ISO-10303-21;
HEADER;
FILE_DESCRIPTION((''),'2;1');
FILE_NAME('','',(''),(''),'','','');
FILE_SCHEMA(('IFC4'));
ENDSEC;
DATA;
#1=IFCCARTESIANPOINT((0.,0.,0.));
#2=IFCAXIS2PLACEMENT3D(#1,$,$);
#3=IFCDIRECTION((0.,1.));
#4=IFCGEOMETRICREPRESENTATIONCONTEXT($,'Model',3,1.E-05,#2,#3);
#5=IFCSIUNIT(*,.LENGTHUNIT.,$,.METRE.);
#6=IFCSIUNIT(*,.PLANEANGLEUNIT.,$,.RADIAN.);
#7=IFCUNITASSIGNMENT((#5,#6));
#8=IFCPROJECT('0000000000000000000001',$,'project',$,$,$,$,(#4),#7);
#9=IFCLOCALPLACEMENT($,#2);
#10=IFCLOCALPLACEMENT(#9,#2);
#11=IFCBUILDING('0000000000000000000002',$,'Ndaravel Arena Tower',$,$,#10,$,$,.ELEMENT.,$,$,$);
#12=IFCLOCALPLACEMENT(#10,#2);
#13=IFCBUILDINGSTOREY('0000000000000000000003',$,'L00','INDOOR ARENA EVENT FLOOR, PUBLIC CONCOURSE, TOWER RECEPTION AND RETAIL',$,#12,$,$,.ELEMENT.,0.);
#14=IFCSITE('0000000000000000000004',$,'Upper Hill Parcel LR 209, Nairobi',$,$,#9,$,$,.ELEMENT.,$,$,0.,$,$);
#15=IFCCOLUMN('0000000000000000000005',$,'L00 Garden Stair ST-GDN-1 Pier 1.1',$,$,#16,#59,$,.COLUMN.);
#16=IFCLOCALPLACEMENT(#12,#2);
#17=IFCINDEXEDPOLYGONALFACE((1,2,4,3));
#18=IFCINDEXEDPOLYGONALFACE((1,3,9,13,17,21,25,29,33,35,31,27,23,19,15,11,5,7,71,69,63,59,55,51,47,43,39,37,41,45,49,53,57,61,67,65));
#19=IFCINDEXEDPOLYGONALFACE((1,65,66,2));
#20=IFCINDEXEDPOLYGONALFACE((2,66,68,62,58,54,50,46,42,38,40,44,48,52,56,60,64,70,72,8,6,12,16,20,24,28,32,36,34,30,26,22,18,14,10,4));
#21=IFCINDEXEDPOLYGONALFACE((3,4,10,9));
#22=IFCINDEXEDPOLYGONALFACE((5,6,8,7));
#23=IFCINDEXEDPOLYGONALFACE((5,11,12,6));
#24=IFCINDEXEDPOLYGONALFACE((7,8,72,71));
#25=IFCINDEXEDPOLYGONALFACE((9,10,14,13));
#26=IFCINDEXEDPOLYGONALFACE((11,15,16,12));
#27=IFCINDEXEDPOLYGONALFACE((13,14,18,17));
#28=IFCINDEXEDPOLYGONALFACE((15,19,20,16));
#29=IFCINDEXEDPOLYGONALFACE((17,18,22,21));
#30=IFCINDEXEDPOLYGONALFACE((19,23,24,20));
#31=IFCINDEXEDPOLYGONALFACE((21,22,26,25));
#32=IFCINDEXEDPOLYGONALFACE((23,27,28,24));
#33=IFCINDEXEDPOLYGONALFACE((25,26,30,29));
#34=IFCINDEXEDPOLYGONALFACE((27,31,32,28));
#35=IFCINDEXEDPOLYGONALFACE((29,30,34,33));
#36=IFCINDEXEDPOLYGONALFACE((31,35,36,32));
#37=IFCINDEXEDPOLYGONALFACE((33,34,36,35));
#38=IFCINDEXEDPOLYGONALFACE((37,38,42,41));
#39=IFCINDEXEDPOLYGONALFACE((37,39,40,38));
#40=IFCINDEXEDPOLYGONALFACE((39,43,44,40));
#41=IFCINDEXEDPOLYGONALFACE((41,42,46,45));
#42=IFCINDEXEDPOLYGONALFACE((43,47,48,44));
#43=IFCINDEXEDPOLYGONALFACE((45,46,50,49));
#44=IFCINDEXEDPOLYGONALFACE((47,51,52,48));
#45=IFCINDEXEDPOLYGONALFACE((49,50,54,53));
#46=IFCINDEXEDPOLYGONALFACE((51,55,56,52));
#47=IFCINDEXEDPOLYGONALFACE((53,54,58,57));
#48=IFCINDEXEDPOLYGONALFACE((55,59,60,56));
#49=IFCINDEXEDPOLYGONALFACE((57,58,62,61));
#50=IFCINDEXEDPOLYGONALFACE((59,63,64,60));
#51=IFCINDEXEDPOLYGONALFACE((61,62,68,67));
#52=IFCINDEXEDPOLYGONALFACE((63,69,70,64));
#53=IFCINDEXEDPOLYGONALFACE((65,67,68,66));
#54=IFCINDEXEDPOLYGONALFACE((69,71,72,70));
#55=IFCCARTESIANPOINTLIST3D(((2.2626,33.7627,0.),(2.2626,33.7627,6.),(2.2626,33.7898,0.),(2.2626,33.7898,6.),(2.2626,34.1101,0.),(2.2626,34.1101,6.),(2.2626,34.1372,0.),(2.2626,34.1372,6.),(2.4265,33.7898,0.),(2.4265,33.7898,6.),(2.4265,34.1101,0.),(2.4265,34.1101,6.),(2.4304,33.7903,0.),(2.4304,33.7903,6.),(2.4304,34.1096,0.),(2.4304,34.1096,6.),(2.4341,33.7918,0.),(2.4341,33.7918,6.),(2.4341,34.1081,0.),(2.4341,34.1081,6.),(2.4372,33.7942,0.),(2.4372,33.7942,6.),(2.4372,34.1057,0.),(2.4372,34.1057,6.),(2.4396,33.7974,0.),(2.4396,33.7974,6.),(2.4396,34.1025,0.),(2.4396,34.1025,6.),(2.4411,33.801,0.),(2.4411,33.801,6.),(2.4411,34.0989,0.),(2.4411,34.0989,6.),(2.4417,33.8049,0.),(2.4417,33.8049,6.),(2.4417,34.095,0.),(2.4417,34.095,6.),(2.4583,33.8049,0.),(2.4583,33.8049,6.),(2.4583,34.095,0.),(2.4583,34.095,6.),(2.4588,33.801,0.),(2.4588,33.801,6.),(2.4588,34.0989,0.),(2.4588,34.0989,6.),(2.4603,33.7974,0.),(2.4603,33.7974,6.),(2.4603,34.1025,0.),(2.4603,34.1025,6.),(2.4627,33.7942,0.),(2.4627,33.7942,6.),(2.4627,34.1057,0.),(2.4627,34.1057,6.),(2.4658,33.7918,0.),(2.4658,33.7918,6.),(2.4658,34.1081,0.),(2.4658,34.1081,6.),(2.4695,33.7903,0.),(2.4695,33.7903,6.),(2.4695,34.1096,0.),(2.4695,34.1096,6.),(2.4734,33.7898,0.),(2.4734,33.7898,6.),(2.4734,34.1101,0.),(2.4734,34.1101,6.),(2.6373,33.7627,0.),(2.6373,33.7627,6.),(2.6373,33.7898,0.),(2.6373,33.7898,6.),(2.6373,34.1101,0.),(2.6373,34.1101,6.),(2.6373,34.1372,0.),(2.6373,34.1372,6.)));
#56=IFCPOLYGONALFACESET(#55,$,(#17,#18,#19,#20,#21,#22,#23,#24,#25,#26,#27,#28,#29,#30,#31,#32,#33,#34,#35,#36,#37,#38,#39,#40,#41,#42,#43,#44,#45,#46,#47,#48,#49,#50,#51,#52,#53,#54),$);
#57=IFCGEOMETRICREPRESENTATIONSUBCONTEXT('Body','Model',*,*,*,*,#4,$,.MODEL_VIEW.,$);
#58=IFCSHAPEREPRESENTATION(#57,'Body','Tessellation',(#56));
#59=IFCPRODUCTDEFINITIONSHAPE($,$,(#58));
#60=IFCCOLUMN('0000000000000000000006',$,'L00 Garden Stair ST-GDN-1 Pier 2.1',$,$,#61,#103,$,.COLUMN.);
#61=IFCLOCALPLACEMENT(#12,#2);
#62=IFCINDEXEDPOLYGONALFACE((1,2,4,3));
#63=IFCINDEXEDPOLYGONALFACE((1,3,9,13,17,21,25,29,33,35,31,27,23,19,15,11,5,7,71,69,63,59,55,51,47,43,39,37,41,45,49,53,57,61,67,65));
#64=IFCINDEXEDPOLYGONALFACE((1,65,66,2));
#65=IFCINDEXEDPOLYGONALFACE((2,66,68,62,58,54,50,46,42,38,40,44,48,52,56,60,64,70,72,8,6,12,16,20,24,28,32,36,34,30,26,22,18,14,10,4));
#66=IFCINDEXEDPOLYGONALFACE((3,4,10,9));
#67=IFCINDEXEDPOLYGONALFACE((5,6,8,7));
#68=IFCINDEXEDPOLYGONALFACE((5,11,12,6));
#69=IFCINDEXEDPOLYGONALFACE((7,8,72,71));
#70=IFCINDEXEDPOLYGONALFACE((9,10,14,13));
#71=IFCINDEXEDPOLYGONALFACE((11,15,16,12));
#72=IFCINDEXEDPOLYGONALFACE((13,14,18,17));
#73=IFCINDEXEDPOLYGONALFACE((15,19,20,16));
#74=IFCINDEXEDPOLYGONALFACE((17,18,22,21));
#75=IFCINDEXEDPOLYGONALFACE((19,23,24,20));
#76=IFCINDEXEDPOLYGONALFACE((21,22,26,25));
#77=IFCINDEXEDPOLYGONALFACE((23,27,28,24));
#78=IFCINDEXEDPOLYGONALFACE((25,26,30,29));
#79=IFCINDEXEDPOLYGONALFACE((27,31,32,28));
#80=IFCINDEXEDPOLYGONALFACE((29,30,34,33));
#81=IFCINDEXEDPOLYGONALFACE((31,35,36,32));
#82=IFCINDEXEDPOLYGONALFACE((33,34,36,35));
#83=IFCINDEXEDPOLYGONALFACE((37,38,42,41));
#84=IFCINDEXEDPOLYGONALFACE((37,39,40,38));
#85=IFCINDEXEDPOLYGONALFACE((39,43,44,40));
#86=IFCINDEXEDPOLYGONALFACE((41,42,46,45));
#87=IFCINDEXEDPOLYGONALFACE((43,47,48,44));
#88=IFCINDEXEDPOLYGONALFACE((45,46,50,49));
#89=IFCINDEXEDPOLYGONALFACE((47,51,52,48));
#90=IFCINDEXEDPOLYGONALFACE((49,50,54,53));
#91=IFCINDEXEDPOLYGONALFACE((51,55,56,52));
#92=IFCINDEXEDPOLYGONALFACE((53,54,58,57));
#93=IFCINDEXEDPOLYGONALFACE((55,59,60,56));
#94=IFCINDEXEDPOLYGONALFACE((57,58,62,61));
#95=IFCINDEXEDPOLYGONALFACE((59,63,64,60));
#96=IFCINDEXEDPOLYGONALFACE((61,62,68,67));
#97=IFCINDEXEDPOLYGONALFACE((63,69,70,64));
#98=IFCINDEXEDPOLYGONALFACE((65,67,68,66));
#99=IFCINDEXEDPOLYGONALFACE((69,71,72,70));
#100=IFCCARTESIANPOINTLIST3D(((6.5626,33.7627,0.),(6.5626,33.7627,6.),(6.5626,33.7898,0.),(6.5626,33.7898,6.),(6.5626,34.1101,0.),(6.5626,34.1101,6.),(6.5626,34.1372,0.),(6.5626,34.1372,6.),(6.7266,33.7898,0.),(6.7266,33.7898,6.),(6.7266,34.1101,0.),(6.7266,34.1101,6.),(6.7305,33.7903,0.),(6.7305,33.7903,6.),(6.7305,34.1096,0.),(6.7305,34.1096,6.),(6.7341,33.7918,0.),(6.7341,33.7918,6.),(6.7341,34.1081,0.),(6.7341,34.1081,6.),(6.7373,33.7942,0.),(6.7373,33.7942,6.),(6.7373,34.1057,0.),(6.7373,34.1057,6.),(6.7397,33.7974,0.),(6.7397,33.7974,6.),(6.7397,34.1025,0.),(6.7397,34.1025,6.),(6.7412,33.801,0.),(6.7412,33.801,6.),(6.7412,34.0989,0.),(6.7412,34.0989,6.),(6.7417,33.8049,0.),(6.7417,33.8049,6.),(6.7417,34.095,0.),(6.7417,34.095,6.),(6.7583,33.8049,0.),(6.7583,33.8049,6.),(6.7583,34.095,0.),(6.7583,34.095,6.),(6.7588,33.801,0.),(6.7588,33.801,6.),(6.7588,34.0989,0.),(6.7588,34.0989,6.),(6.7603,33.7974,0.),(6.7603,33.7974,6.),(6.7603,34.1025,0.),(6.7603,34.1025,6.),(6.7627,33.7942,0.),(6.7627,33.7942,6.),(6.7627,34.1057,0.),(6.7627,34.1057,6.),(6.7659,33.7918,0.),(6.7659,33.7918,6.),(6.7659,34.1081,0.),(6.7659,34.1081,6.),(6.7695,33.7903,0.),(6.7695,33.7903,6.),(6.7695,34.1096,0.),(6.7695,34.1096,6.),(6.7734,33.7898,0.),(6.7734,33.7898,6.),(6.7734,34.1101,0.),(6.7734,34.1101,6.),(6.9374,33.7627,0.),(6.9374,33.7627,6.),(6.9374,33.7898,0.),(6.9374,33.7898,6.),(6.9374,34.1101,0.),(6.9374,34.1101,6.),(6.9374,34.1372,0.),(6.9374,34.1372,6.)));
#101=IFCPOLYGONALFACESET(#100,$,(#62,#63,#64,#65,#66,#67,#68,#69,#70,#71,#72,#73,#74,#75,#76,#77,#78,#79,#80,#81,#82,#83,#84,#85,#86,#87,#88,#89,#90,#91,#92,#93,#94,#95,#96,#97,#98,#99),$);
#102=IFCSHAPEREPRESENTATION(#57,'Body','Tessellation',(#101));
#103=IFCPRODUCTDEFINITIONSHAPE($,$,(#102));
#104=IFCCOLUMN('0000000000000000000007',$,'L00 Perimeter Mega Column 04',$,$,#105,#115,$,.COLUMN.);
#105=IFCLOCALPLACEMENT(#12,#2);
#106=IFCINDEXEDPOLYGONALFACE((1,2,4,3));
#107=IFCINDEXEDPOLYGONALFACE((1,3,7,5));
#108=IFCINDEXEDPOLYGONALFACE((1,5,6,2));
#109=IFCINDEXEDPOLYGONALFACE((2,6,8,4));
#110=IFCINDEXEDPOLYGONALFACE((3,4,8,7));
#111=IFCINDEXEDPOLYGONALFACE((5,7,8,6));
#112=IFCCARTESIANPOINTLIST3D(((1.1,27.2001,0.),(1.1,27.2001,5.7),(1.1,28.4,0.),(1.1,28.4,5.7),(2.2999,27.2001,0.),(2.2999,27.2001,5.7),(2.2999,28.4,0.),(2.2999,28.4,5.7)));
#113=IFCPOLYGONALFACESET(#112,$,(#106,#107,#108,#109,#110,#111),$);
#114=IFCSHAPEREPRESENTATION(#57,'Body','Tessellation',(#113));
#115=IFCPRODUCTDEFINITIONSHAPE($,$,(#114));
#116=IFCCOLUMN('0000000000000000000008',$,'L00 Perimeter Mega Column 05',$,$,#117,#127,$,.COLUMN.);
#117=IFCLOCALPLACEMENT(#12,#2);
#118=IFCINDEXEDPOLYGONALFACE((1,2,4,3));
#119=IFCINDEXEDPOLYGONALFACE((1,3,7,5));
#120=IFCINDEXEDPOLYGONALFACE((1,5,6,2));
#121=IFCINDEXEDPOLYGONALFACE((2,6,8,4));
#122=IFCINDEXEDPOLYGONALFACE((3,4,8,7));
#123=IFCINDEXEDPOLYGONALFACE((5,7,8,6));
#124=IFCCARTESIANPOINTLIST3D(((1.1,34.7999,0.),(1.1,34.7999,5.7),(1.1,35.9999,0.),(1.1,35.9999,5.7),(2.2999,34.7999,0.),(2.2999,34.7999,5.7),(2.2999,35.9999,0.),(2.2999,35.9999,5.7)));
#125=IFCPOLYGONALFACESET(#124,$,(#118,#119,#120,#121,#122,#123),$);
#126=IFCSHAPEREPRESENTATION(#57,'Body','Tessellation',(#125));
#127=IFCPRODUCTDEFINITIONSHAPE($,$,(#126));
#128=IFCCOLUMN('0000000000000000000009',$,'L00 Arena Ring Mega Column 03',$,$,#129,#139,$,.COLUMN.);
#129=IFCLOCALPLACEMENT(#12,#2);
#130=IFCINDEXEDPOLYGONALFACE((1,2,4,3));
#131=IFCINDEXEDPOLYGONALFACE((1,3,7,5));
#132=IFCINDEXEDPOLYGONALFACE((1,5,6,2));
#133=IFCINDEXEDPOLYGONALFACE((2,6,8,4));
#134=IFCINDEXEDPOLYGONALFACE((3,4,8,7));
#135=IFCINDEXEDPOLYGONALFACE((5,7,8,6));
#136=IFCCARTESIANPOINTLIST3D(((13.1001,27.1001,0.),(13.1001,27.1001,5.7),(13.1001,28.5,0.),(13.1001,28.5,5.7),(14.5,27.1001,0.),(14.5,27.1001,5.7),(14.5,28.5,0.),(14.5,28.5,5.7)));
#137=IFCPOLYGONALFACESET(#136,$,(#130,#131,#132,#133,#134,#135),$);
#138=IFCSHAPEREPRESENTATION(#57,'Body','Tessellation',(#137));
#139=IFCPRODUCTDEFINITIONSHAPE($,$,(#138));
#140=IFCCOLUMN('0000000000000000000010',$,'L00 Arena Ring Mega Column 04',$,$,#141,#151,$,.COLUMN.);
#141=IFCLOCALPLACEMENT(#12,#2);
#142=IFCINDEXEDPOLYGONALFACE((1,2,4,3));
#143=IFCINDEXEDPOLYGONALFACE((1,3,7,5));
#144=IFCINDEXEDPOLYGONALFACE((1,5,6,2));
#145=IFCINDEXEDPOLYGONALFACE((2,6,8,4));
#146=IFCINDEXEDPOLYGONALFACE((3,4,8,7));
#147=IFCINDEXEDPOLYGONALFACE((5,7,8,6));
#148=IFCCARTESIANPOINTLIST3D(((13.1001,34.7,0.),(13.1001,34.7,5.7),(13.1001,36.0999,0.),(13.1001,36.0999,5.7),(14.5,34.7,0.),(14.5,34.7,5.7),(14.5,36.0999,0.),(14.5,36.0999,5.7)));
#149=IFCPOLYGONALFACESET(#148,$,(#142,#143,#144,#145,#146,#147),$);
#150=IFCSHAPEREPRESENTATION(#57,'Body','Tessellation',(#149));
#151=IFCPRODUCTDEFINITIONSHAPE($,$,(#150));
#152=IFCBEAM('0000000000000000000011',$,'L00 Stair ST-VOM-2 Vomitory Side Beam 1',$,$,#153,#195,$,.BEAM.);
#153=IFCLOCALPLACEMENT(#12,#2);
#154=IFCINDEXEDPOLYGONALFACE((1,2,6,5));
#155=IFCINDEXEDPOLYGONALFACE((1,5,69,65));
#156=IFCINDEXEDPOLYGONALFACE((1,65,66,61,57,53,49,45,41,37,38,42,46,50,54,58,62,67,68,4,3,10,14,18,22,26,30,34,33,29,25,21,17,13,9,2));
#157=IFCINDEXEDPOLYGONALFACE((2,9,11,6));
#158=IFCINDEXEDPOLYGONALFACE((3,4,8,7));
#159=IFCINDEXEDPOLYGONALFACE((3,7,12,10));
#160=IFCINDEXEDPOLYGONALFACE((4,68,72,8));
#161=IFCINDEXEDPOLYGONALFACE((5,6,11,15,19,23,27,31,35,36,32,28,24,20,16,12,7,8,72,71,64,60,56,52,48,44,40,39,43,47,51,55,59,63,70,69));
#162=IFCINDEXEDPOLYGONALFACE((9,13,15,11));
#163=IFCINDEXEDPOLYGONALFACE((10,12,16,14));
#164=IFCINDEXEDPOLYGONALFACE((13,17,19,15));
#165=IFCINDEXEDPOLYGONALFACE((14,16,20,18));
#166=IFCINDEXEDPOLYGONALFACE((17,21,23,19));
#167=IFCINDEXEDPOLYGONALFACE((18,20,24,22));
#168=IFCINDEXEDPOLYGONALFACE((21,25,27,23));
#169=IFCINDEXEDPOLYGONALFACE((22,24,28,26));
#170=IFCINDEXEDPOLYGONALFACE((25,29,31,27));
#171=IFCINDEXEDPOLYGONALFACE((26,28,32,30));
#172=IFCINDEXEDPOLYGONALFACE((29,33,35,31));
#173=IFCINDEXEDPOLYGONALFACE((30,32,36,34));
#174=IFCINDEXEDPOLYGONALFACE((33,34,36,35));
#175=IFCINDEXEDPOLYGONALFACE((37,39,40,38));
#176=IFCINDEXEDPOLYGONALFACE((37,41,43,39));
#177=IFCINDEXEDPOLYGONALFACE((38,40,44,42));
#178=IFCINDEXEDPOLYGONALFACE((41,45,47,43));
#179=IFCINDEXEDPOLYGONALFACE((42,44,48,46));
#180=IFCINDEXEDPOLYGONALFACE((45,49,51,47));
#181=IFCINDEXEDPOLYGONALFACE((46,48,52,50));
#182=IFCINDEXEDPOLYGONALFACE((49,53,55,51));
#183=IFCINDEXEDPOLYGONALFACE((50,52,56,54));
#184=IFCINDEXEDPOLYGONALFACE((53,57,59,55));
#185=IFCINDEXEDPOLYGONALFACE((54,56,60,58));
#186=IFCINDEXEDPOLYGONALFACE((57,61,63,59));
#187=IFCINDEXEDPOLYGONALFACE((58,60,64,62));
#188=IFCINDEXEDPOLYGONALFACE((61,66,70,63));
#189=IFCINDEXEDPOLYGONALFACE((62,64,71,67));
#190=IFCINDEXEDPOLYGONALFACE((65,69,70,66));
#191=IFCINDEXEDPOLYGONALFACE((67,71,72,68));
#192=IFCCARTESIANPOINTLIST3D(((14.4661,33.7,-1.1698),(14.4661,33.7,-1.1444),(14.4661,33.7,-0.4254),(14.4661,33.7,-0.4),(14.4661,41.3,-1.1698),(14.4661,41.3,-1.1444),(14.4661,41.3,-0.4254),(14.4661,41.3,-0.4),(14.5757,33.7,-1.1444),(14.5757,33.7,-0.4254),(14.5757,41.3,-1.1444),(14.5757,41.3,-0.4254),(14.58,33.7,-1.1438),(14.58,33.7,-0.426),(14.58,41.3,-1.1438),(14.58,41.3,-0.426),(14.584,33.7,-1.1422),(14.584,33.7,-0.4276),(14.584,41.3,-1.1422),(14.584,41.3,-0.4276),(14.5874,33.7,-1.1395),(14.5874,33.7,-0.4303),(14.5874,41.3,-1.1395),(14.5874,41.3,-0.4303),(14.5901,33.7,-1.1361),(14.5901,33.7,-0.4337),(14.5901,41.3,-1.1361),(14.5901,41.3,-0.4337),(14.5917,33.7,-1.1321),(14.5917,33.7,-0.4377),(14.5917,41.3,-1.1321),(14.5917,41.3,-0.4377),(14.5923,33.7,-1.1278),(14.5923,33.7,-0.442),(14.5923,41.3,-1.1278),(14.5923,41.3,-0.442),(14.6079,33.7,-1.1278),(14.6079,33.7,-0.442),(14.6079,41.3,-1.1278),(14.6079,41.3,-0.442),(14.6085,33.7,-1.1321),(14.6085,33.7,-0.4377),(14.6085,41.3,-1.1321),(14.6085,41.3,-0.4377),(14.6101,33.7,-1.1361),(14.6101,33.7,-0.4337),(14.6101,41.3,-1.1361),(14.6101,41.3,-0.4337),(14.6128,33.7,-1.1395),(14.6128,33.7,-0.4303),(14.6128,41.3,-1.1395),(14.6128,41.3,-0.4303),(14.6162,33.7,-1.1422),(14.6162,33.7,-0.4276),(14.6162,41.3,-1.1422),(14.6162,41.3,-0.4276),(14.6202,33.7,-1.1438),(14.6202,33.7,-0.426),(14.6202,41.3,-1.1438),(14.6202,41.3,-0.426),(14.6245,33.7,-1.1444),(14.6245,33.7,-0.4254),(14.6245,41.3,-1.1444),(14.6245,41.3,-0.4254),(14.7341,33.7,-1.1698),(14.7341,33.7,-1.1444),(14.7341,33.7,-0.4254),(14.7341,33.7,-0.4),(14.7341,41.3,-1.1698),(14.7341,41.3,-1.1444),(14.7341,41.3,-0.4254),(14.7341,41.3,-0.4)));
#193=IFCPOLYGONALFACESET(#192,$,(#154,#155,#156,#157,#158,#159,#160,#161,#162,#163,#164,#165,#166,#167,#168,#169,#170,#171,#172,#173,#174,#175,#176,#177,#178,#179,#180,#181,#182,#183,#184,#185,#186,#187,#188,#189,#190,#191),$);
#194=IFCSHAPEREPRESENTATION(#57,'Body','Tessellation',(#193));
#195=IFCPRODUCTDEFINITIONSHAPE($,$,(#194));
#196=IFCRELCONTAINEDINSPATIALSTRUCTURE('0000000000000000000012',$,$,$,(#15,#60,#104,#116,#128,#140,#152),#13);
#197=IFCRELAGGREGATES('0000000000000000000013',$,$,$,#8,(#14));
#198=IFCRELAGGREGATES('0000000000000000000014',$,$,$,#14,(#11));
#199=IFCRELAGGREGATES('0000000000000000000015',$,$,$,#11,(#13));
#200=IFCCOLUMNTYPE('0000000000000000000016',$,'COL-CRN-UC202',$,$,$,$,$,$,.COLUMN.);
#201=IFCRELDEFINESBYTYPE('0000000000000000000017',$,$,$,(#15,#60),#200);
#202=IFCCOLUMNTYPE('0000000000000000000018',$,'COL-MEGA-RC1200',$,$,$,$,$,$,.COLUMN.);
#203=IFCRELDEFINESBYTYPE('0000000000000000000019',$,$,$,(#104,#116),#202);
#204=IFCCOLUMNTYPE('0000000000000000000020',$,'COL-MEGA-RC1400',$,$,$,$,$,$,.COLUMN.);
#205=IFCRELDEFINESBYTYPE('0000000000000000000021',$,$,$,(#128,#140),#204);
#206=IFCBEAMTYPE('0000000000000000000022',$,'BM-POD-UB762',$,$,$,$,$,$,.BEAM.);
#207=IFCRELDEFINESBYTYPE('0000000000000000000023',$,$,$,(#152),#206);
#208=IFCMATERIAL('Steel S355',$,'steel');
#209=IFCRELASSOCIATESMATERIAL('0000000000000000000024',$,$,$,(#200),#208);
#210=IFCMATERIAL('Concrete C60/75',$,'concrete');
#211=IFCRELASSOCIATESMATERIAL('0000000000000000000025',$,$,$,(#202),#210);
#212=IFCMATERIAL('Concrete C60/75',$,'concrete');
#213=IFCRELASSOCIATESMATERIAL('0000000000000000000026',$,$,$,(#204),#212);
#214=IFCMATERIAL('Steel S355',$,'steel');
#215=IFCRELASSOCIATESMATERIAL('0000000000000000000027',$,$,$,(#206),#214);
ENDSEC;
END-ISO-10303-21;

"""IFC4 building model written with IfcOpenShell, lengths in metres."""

from ifc_helpers import new_model, si_unit, direction, frame, origin, origin_2d, place, context, subcontext, project, spatial, rectangle, i_section, extrude, material, material_profile, profile_set, type_object, element, save


model = new_model("IFC4")

# Units and contexts
model_context = context("Model", 3, precision=1e-05, world=origin(), true_north=direction((0.0, 1.0)))
body_context = subcontext(model_context, "Body", "Model", "MODEL_VIEW")
ifc_project = project(units=[si_unit("LENGTHUNIT", "METRE"), si_unit("PLANEANGLEUNIT", "RADIAN")], contexts=[model_context])

# Site, building, storey
site_placement = place(None, origin())
site = spatial("IfcSite", under=ifc_project, at=site_placement, Name="Upper Hill Parcel LR 209, Nairobi", CompositionType="ELEMENT", RefElevation=0.0)
building_placement = place(site_placement, origin())
building = spatial("IfcBuilding", under=site, at=building_placement, Name="Ndaravel Arena Tower", CompositionType="ELEMENT")
storey_placement = place(building_placement, origin())
storey = spatial("IfcBuildingStorey", under=building, at=storey_placement, Name="L00", Description="INDOOR ARENA EVENT FLOOR, PUBLIC CONCOURSE, TOWER RECEPTION AND RETAIL", CompositionType="ELEMENT", Elevation=0.0)

# Columns
ifc_material_1 = material(Name="Steel S355", Category="steel")
ifc_material_profile_1 = material_profile(ifc_material_1, i_section(OverallWidth=0.3748, OverallDepth=0.3745, WebThickness=0.0166, FlangeThickness=0.0271, FilletRadius=0.0151, at=origin_2d()), Name="UC 356x368x202")
ifc_profile_set_1 = profile_set([ifc_material_profile_1], Name="Steel S355")
column_type_1 = type_object("IfcColumnType", Name="COL-CRN-UC202", PredefinedType="COLUMN", material=ifc_profile_set_1)
for number, where, z_axis, x_axis, name in (
    (1, (2.45, 33.95, 0.0), (0.0, 0.0, 1.0), (1.0, 0.0, 0.0), "L00 Garden Stair ST-GDN-1 Pier 1.1"),
    (2, (6.75, 33.95, 0.0), (0.0, 0.0, 1.0), (1.0, 0.0, 0.0), "L00 Garden Stair ST-GDN-1 Pier 2.1"),
):
    element("IfcColumn", number, at=place(storey_placement, frame(where, z_axis=z_axis, x_axis=x_axis)), inside=storey, type_object=column_type_1, Name=name, PredefinedType="COLUMN", context=body_context, shape_type="SweptSolid", body=[
        extrude(i_section(OverallWidth=0.3748, OverallDepth=0.3745, WebThickness=0.0166, FlangeThickness=0.0271, FilletRadius=0.0151, at=origin_2d()), origin(), (0.0, 0.0, 1.0), 6.0),
    ])
ifc_material_2 = material(Name="Concrete C60/75", Category="concrete")
ifc_material_profile_2 = material_profile(ifc_material_2, rectangle(XDim=1.2, YDim=1.2, at=origin_2d()), Name="RC 1200x1200")
ifc_profile_set_2 = profile_set([ifc_material_profile_2], Name="Concrete C60/75")
column_type_2 = type_object("IfcColumnType", Name="COL-MEGA-RC1200", PredefinedType="COLUMN", material=ifc_profile_set_2)
for number, where, z_axis, x_axis, name in (
    (3, (1.7, 27.8, 0.0), (0.0, 0.0, 1.0), (1.0, 0.0, 0.0), "L00 Perimeter Mega Column 04"),
    (4, (1.7, 35.3999, 0.0), (0.0, 0.0, 1.0), (1.0, 0.0, 0.0), "L00 Perimeter Mega Column 05"),
):
    element("IfcColumn", number, at=place(storey_placement, frame(where, z_axis=z_axis, x_axis=x_axis)), inside=storey, type_object=column_type_2, Name=name, PredefinedType="COLUMN", context=body_context, shape_type="SweptSolid", body=[
        extrude(rectangle(XDim=1.2, YDim=1.2, at=origin_2d()), origin(), (0.0, 0.0, 1.0), 5.7),
    ])
ifc_material_3 = material(Name="Concrete C60/75", Category="concrete")
ifc_material_profile_3 = material_profile(ifc_material_3, rectangle(XDim=1.3999, YDim=1.3999, at=origin_2d()), Name="RC 1400x1400")
ifc_profile_set_3 = profile_set([ifc_material_profile_3], Name="Concrete C60/75")
column_type_3 = type_object("IfcColumnType", Name="COL-MEGA-RC1400", PredefinedType="COLUMN", material=ifc_profile_set_3)
for number, where, z_axis, x_axis, name in (
    (5, (13.8, 27.8, 0.0), (0.0, 0.0, 1.0), (1.0, 0.0, 0.0), "L00 Arena Ring Mega Column 03"),
    (6, (13.8, 35.3999, 0.0), (0.0, 0.0, 1.0), (1.0, 0.0, 0.0), "L00 Arena Ring Mega Column 04"),
):
    element("IfcColumn", number, at=place(storey_placement, frame(where, z_axis=z_axis, x_axis=x_axis)), inside=storey, type_object=column_type_3, Name=name, PredefinedType="COLUMN", context=body_context, shape_type="SweptSolid", body=[
        extrude(rectangle(XDim=1.3999, YDim=1.3999, at=origin_2d()), origin(), (0.0, 0.0, 1.0), 5.7),
    ])

# Beam
ifc_material_4 = material(Name="Steel S355", Category="steel")
ifc_material_profile_4 = material_profile(ifc_material_4, i_section(OverallWidth=0.2681, OverallDepth=0.7698, WebThickness=0.0156, FlangeThickness=0.0254, FilletRadius=0.0166, at=origin_2d()), Name="UB 762x267x197")
ifc_profile_set_4 = profile_set([ifc_material_profile_4], Name="Steel S355")
beam_type_1 = type_object("IfcBeamType", Name="BM-POD-UB762", PredefinedType="BEAM", material=ifc_profile_set_4)
beam_1_placement = place(storey_placement, frame((14.6001, 33.7, -0.7849), z_axis=(0.0, 1.0, 0.0), x_axis=(-1.0, 0.0, 0.0)))
element("IfcBeam", 7, at=beam_1_placement, inside=storey, type_object=beam_type_1, Name="L00 Stair ST-VOM-2 Vomitory Side Beam 1", PredefinedType="BEAM", context=body_context, shape_type="SweptSolid", body=[
    extrude(i_section(OverallWidth=0.2681, OverallDepth=0.7698, WebThickness=0.0156, FlangeThickness=0.0254, FilletRadius=0.0166, at=origin_2d()), origin(), (0.0, 0.0, 1.0), 7.6001),
])

save(model, "model.ifc")
